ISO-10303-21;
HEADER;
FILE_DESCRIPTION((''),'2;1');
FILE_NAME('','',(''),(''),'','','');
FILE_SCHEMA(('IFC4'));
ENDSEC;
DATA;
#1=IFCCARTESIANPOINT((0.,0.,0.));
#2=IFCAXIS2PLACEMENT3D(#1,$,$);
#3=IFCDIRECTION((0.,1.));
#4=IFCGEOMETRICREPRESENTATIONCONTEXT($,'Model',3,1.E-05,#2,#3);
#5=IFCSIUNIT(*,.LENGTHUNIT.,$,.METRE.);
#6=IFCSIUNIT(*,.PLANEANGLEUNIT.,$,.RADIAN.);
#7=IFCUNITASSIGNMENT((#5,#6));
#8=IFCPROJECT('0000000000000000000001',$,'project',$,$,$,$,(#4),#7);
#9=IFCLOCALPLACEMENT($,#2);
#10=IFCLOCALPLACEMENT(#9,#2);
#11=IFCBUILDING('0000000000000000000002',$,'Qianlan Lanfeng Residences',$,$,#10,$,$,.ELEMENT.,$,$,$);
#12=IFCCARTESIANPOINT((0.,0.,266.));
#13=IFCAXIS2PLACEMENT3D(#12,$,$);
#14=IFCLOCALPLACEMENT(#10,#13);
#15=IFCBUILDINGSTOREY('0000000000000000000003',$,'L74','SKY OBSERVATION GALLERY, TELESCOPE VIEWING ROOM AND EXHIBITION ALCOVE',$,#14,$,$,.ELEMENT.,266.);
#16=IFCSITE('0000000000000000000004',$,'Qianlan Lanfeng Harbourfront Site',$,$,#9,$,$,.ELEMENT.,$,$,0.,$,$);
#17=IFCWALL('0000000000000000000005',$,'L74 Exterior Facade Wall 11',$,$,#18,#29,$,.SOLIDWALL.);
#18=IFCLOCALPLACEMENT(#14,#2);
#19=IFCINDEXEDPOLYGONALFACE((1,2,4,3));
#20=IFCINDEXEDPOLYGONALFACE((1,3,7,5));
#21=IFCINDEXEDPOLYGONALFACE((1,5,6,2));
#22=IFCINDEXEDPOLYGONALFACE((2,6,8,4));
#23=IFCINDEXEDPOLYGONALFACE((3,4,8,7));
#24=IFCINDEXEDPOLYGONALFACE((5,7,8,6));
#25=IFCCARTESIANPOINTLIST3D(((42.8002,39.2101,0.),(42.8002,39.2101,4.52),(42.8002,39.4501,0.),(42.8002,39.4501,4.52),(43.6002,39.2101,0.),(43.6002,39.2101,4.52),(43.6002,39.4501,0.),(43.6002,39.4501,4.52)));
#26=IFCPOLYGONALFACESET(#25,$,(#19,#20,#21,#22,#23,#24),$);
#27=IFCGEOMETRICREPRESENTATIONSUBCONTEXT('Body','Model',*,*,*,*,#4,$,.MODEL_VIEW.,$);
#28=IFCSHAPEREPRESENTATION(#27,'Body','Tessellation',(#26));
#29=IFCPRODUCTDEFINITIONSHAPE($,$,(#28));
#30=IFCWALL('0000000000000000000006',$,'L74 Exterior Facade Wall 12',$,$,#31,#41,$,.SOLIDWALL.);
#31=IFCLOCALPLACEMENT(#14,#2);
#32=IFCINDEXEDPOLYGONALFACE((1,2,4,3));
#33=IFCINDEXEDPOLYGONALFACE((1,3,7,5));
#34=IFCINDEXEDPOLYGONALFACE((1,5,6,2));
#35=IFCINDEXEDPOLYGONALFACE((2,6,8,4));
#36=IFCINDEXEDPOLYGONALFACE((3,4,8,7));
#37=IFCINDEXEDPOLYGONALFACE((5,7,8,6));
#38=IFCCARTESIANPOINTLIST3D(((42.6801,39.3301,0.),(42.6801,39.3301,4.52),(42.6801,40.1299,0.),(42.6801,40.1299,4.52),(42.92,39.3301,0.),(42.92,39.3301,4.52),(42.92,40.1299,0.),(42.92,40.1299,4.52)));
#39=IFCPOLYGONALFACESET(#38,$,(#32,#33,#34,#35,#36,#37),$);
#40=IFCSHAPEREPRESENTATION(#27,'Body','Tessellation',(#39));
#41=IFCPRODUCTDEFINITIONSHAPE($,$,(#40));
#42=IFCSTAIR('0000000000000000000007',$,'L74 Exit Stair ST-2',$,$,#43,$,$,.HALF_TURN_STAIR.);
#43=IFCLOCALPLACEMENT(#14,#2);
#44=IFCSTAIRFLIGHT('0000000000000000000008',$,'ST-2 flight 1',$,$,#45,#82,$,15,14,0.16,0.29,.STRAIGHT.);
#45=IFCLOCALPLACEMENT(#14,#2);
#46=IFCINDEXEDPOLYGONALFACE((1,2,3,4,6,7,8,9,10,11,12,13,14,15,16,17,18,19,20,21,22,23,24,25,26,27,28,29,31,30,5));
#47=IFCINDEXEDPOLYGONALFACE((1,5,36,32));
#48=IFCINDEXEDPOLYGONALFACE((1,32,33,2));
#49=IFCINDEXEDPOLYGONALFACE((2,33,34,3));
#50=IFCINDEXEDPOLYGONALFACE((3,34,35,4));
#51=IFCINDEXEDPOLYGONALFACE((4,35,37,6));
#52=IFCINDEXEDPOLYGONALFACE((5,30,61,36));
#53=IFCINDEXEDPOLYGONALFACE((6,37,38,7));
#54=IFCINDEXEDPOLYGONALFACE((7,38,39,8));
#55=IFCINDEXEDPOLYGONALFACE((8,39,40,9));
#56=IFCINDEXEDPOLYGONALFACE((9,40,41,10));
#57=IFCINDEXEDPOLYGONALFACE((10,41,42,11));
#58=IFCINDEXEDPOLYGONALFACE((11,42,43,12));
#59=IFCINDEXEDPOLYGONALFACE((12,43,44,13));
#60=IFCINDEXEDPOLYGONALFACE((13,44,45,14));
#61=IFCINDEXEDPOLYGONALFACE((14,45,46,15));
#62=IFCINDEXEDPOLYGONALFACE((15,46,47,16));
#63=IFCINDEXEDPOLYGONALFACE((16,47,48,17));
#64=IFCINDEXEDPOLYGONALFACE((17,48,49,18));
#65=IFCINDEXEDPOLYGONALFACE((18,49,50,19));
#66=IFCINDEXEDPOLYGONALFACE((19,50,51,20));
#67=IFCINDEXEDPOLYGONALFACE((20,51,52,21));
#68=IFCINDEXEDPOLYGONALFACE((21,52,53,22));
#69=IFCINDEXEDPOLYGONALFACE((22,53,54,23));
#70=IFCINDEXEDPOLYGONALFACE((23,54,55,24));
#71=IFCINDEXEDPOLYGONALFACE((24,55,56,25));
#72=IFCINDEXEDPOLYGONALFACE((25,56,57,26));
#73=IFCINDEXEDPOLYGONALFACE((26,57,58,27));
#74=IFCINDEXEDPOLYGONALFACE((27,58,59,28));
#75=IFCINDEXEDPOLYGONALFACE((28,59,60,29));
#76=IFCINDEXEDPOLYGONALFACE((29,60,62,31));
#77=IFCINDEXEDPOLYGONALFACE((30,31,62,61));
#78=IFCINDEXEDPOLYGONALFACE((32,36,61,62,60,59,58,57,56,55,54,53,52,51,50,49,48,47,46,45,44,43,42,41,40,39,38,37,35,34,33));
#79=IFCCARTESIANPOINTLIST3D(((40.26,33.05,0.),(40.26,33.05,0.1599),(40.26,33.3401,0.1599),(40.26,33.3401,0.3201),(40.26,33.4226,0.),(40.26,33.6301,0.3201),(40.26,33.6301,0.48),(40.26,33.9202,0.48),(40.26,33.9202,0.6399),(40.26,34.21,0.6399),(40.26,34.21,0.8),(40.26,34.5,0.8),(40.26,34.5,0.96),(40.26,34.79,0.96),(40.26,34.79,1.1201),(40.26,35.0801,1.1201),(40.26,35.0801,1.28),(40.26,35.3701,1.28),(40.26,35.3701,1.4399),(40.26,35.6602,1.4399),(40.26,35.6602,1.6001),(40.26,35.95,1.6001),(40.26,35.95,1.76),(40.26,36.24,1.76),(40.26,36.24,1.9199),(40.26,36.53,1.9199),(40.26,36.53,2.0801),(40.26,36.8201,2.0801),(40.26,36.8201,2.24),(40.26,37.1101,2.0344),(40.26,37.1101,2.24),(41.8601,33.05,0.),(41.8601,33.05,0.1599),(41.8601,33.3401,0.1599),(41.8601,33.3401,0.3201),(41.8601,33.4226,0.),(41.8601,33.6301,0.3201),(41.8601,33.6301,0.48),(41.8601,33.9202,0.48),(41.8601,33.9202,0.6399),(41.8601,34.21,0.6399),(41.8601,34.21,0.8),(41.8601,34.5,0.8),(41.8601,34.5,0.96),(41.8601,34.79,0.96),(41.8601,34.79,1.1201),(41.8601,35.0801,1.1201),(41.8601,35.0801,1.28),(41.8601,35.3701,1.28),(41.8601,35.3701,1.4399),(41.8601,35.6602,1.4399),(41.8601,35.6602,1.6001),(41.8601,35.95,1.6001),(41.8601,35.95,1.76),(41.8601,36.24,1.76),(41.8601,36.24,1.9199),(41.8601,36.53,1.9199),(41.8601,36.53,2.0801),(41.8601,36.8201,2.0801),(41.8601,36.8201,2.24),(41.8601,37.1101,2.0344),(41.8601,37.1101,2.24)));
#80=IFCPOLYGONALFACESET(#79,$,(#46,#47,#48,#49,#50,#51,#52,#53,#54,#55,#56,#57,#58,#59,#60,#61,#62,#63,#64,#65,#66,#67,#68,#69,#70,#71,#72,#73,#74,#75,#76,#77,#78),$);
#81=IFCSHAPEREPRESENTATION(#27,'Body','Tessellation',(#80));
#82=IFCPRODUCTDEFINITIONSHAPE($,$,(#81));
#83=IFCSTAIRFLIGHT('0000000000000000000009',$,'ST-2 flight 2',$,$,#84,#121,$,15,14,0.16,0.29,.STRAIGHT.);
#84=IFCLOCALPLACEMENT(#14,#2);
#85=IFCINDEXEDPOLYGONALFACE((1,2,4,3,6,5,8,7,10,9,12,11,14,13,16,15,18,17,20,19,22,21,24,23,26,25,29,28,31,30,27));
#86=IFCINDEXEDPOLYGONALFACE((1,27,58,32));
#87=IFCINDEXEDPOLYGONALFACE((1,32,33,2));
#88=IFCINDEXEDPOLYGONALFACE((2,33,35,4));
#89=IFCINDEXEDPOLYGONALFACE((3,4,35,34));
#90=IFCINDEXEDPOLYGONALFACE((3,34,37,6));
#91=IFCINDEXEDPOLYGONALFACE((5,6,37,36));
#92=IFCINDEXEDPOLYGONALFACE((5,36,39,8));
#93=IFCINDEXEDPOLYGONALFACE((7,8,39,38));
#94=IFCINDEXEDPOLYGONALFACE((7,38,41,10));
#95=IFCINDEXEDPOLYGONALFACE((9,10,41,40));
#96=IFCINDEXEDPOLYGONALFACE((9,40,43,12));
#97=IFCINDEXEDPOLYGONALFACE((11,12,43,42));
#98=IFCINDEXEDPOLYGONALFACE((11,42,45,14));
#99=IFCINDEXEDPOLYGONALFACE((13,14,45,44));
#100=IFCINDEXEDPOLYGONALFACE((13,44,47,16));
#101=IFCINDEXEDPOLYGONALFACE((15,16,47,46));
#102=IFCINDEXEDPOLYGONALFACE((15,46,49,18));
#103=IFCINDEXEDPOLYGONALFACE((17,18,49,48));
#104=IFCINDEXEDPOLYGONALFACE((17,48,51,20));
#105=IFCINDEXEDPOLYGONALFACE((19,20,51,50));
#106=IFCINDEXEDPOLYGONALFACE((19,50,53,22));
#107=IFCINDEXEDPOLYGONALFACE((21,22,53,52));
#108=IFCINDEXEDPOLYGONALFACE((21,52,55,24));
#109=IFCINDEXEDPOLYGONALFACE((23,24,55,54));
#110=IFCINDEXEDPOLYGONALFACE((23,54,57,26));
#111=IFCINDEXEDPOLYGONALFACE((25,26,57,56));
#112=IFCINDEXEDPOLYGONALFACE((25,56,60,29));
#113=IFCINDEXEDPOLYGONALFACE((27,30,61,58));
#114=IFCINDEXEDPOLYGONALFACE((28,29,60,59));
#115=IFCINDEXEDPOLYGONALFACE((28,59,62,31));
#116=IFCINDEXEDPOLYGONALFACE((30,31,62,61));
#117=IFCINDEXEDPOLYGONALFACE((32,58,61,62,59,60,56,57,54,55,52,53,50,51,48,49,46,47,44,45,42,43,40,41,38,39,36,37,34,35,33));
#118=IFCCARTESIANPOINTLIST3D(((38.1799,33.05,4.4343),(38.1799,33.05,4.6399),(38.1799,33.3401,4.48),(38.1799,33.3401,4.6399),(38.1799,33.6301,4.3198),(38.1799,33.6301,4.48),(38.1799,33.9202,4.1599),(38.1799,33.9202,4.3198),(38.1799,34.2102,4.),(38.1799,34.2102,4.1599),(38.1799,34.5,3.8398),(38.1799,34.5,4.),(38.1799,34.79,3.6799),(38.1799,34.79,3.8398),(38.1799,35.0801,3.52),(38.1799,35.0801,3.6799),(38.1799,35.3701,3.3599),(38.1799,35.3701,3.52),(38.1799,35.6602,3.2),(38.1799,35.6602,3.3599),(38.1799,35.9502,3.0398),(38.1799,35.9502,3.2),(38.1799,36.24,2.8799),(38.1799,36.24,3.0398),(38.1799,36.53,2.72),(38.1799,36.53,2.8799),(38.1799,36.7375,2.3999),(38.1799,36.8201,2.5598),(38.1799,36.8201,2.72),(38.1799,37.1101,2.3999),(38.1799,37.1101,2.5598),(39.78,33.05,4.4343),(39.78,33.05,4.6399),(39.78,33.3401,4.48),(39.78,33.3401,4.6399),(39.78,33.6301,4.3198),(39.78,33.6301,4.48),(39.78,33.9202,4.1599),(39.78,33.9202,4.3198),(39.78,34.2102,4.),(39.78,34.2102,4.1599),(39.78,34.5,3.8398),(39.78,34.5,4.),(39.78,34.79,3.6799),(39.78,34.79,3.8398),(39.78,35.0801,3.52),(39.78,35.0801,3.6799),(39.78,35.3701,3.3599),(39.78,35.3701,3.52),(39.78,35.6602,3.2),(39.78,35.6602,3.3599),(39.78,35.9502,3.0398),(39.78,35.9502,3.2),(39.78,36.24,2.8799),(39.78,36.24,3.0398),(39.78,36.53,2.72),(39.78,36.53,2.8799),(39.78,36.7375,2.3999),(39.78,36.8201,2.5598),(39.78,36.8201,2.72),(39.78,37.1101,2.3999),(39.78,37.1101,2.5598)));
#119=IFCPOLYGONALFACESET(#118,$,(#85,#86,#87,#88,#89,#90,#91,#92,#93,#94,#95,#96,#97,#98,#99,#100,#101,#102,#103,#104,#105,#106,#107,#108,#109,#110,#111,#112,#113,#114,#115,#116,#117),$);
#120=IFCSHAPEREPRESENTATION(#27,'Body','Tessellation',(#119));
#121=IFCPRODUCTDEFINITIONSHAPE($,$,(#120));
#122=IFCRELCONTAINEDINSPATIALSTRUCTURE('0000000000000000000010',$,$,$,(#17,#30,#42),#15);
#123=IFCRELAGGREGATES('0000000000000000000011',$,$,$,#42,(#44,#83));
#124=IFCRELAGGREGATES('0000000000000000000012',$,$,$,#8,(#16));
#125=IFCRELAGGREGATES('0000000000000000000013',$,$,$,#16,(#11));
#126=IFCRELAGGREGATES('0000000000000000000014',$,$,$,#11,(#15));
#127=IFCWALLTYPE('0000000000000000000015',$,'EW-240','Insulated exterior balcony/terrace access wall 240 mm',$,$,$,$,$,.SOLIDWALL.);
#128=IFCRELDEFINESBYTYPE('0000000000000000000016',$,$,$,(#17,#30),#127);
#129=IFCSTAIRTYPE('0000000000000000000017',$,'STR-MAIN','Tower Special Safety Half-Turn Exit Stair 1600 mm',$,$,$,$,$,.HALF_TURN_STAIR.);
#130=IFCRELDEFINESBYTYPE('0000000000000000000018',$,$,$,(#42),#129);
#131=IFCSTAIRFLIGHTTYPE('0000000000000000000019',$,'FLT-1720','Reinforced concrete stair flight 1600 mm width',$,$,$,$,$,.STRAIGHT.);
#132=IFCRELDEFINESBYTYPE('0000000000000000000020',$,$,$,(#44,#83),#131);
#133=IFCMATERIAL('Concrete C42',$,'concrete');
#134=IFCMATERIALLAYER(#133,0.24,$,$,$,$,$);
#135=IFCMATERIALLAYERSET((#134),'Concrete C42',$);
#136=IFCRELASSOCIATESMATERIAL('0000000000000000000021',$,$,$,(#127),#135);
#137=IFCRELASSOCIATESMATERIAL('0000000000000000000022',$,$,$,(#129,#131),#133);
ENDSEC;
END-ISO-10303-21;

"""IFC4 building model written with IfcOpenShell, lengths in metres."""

from ifc_helpers import new_model, si_unit, direction, frame, frame_2d, origin, place, context, subcontext, project, spatial, polyline, rectangle, outline, extrude, material, layer, layer_set, type_object, element, aggregate, save


model = new_model("IFC4")

# Units and contexts
model_context = context("Model", 3, precision=1e-05, world=origin(), true_north=direction((0.0, 1.0)))
body_context = subcontext(model_context, "Body", "Model", "MODEL_VIEW")
ifc_project = project(units=[si_unit("LENGTHUNIT", "METRE"), si_unit("PLANEANGLEUNIT", "RADIAN")], contexts=[model_context])

# Site, building, storey
site_placement = place(None, origin())
site = spatial("IfcSite", under=ifc_project, at=site_placement, Name="Qianlan Lanfeng Harbourfront Site", CompositionType="ELEMENT", RefElevation=0.0)
building_placement = place(site_placement, origin())
building = spatial("IfcBuilding", under=site, at=building_placement, Name="Qianlan Lanfeng Residences", CompositionType="ELEMENT")
storey_placement = place(building_placement, frame((0.0, 0.0, 266.0)))
storey = spatial("IfcBuildingStorey", under=building, at=storey_placement, Name="L74", Description="SKY OBSERVATION GALLERY, TELESCOPE VIEWING ROOM AND EXHIBITION ALCOVE", CompositionType="ELEMENT", Elevation=266.0)

# Walls
ifc_material_1 = material(Name="Concrete C42", Category="concrete")
ifc_layer_1 = layer(ifc_material_1, 0.24)
ifc_layer_set_1 = layer_set([ifc_layer_1], Name="Concrete C42")
wall_type_1 = type_object("IfcWallType", Name="EW-240", Description="Insulated exterior balcony/terrace access wall 240 mm", PredefinedType="SOLIDWALL", material=ifc_layer_set_1)
for number, where, z_axis, x_axis, name in (
    (1, (43.6001, 39.3301, 0.0), (0.0, 0.0, 1.0), (-1.0, 0.0, 0.0), "L74 Exterior Facade Wall 11"),
):
    element("IfcWall", number, at=place(storey_placement, frame(where, z_axis=z_axis, x_axis=x_axis)), inside=storey, type_object=wall_type_1, Name=name, PredefinedType="SOLIDWALL", context=body_context, shape_type="SweptSolid", body=[
        extrude(rectangle(XDim=0.8, YDim=0.24, at=frame_2d((0.3999, 0.0))), origin(), (0.0, 0.0, 1.0), 4.52),
    ])
wall_1_placement = place(storey_placement, frame((42.8, 39.3301, 0.0), z_axis=(0.0, 0.0, 1.0), x_axis=(0.0, 1.0, 0.0)))
element("IfcWall", 2, at=wall_1_placement, inside=storey, type_object=wall_type_1, Name="L74 Exterior Facade Wall 12", PredefinedType="SOLIDWALL", context=body_context, shape_type="SweptSolid", body=[
    extrude(rectangle(XDim=0.7998, YDim=0.24, at=frame_2d((0.3999, 0.0))), origin(), (0.0, 0.0, 1.0), 4.52),
])

# Stair, stair flights
stair_type = type_object("IfcStairType", Name="STR-MAIN", Description="Tower Special Safety Half-Turn Exit Stair 1600 mm", PredefinedType="HALF_TURN_STAIR", material=ifc_material_1)
stair_placement = place(storey_placement, origin())
stair = element("IfcStair", 3, at=stair_placement, inside=storey, type_object=stair_type, Name="L74 Exit Stair ST-2", PredefinedType="HALF_TURN_STAIR")
stair_flight_type = type_object("IfcStairFlightType", Name="FLT-1720", Description="Reinforced concrete stair flight 1600 mm width", PredefinedType="STRAIGHT", material=ifc_material_1)
stair_flight_1_placement = place(storey_placement, frame((41.0601, 33.05, 0.0), z_axis=(0.0, 0.0, 1.0), x_axis=(0.0, 1.0, 0.0)))
stair_flight_1 = element("IfcStairFlight", 4, at=stair_flight_1_placement, type_object=stair_flight_type, Name="ST-2 flight 1", NumberOfRisers=15, NumberOfTreads=14, PredefinedType="STRAIGHT", RiserHeight=0.16, TreadLength=0.29, context=body_context, shape_type="SweptSolid", body=[
    extrude(outline(polyline([(0.0, 0.0), (0.0, 0.1599), (0.29, 0.1599), (0.29, 0.3201), (0.5801, 0.3201), (0.5801, 0.48), (0.8701, 0.48), (0.8701, 0.6399), (1.1599, 0.6399), (1.1599, 0.8), (1.45, 0.8), (1.45, 0.96), (1.74, 0.96), (1.74, 1.1201), (2.03, 1.1201), (2.03, 1.28), (2.3201, 1.28), (2.3201, 1.4399), (2.6101, 1.4399), (2.6101, 1.6001), (2.8999, 1.6001), (2.8999, 1.76), (3.1899, 1.76), (3.1899, 1.9199), (3.48, 1.9199), (3.48, 2.0801), (3.77, 2.0801), (3.77, 2.24), (4.0601, 2.24), (4.0601, 2.3999), (4.0601, 2.0344), (0.3726, 0.0), (0.0, 0.0)])), frame((0.0, 0.8, 0.0), z_axis=(0.0, -1.0, 0.0), x_axis=(1.0, 0.0, 0.0)), (0.0, 0.0, 1.0), 1.6001),
])
stair_flight_2_placement = place(storey_placement, frame((38.98, 37.1101, 2.3999), z_axis=(0.0, 0.0, 1.0), x_axis=(0.0, -1.0, 0.0)))
stair_flight_2 = element("IfcStairFlight", 5, at=stair_flight_2_placement, type_object=stair_flight_type, Name="ST-2 flight 2", NumberOfRisers=15, NumberOfTreads=14, PredefinedType="STRAIGHT", RiserHeight=0.16, TreadLength=0.29, context=body_context, shape_type="SweptSolid", body=[
    extrude(outline(polyline([(0.0, 0.0), (0.0, 0.1599), (0.29, 0.1599), (0.29, 0.3201), (0.5801, 0.3201), (0.5801, 0.48), (0.8701, 0.48), (0.8701, 0.6399), (1.1599, 0.6399), (1.1599, 0.8), (1.45, 0.8), (1.45, 0.96), (1.74, 0.96), (1.74, 1.1201), (2.03, 1.1201), (2.03, 1.28), (2.3201, 1.28), (2.3201, 1.4399), (2.6101, 1.4399), (2.6101, 1.6001), (2.8999, 1.6001), (2.8999, 1.76), (3.1899, 1.76), (3.1899, 1.9199), (3.48, 1.9199), (3.48, 2.0801), (3.77, 2.0801), (3.77, 2.24), (4.0601, 2.24), (4.0601, 2.3999), (4.0601, 2.0344), (0.3726, 0.0), (0.0, 0.0)])), frame((0.0, 0.8, 0.0), z_axis=(0.0, -1.0, 0.0), x_axis=(1.0, 0.0, 0.0)), (0.0, 0.0, 1.0), 1.6001),
])
aggregate(stair, [stair_flight_1, stair_flight_2])

save(model, "model.ifc")
